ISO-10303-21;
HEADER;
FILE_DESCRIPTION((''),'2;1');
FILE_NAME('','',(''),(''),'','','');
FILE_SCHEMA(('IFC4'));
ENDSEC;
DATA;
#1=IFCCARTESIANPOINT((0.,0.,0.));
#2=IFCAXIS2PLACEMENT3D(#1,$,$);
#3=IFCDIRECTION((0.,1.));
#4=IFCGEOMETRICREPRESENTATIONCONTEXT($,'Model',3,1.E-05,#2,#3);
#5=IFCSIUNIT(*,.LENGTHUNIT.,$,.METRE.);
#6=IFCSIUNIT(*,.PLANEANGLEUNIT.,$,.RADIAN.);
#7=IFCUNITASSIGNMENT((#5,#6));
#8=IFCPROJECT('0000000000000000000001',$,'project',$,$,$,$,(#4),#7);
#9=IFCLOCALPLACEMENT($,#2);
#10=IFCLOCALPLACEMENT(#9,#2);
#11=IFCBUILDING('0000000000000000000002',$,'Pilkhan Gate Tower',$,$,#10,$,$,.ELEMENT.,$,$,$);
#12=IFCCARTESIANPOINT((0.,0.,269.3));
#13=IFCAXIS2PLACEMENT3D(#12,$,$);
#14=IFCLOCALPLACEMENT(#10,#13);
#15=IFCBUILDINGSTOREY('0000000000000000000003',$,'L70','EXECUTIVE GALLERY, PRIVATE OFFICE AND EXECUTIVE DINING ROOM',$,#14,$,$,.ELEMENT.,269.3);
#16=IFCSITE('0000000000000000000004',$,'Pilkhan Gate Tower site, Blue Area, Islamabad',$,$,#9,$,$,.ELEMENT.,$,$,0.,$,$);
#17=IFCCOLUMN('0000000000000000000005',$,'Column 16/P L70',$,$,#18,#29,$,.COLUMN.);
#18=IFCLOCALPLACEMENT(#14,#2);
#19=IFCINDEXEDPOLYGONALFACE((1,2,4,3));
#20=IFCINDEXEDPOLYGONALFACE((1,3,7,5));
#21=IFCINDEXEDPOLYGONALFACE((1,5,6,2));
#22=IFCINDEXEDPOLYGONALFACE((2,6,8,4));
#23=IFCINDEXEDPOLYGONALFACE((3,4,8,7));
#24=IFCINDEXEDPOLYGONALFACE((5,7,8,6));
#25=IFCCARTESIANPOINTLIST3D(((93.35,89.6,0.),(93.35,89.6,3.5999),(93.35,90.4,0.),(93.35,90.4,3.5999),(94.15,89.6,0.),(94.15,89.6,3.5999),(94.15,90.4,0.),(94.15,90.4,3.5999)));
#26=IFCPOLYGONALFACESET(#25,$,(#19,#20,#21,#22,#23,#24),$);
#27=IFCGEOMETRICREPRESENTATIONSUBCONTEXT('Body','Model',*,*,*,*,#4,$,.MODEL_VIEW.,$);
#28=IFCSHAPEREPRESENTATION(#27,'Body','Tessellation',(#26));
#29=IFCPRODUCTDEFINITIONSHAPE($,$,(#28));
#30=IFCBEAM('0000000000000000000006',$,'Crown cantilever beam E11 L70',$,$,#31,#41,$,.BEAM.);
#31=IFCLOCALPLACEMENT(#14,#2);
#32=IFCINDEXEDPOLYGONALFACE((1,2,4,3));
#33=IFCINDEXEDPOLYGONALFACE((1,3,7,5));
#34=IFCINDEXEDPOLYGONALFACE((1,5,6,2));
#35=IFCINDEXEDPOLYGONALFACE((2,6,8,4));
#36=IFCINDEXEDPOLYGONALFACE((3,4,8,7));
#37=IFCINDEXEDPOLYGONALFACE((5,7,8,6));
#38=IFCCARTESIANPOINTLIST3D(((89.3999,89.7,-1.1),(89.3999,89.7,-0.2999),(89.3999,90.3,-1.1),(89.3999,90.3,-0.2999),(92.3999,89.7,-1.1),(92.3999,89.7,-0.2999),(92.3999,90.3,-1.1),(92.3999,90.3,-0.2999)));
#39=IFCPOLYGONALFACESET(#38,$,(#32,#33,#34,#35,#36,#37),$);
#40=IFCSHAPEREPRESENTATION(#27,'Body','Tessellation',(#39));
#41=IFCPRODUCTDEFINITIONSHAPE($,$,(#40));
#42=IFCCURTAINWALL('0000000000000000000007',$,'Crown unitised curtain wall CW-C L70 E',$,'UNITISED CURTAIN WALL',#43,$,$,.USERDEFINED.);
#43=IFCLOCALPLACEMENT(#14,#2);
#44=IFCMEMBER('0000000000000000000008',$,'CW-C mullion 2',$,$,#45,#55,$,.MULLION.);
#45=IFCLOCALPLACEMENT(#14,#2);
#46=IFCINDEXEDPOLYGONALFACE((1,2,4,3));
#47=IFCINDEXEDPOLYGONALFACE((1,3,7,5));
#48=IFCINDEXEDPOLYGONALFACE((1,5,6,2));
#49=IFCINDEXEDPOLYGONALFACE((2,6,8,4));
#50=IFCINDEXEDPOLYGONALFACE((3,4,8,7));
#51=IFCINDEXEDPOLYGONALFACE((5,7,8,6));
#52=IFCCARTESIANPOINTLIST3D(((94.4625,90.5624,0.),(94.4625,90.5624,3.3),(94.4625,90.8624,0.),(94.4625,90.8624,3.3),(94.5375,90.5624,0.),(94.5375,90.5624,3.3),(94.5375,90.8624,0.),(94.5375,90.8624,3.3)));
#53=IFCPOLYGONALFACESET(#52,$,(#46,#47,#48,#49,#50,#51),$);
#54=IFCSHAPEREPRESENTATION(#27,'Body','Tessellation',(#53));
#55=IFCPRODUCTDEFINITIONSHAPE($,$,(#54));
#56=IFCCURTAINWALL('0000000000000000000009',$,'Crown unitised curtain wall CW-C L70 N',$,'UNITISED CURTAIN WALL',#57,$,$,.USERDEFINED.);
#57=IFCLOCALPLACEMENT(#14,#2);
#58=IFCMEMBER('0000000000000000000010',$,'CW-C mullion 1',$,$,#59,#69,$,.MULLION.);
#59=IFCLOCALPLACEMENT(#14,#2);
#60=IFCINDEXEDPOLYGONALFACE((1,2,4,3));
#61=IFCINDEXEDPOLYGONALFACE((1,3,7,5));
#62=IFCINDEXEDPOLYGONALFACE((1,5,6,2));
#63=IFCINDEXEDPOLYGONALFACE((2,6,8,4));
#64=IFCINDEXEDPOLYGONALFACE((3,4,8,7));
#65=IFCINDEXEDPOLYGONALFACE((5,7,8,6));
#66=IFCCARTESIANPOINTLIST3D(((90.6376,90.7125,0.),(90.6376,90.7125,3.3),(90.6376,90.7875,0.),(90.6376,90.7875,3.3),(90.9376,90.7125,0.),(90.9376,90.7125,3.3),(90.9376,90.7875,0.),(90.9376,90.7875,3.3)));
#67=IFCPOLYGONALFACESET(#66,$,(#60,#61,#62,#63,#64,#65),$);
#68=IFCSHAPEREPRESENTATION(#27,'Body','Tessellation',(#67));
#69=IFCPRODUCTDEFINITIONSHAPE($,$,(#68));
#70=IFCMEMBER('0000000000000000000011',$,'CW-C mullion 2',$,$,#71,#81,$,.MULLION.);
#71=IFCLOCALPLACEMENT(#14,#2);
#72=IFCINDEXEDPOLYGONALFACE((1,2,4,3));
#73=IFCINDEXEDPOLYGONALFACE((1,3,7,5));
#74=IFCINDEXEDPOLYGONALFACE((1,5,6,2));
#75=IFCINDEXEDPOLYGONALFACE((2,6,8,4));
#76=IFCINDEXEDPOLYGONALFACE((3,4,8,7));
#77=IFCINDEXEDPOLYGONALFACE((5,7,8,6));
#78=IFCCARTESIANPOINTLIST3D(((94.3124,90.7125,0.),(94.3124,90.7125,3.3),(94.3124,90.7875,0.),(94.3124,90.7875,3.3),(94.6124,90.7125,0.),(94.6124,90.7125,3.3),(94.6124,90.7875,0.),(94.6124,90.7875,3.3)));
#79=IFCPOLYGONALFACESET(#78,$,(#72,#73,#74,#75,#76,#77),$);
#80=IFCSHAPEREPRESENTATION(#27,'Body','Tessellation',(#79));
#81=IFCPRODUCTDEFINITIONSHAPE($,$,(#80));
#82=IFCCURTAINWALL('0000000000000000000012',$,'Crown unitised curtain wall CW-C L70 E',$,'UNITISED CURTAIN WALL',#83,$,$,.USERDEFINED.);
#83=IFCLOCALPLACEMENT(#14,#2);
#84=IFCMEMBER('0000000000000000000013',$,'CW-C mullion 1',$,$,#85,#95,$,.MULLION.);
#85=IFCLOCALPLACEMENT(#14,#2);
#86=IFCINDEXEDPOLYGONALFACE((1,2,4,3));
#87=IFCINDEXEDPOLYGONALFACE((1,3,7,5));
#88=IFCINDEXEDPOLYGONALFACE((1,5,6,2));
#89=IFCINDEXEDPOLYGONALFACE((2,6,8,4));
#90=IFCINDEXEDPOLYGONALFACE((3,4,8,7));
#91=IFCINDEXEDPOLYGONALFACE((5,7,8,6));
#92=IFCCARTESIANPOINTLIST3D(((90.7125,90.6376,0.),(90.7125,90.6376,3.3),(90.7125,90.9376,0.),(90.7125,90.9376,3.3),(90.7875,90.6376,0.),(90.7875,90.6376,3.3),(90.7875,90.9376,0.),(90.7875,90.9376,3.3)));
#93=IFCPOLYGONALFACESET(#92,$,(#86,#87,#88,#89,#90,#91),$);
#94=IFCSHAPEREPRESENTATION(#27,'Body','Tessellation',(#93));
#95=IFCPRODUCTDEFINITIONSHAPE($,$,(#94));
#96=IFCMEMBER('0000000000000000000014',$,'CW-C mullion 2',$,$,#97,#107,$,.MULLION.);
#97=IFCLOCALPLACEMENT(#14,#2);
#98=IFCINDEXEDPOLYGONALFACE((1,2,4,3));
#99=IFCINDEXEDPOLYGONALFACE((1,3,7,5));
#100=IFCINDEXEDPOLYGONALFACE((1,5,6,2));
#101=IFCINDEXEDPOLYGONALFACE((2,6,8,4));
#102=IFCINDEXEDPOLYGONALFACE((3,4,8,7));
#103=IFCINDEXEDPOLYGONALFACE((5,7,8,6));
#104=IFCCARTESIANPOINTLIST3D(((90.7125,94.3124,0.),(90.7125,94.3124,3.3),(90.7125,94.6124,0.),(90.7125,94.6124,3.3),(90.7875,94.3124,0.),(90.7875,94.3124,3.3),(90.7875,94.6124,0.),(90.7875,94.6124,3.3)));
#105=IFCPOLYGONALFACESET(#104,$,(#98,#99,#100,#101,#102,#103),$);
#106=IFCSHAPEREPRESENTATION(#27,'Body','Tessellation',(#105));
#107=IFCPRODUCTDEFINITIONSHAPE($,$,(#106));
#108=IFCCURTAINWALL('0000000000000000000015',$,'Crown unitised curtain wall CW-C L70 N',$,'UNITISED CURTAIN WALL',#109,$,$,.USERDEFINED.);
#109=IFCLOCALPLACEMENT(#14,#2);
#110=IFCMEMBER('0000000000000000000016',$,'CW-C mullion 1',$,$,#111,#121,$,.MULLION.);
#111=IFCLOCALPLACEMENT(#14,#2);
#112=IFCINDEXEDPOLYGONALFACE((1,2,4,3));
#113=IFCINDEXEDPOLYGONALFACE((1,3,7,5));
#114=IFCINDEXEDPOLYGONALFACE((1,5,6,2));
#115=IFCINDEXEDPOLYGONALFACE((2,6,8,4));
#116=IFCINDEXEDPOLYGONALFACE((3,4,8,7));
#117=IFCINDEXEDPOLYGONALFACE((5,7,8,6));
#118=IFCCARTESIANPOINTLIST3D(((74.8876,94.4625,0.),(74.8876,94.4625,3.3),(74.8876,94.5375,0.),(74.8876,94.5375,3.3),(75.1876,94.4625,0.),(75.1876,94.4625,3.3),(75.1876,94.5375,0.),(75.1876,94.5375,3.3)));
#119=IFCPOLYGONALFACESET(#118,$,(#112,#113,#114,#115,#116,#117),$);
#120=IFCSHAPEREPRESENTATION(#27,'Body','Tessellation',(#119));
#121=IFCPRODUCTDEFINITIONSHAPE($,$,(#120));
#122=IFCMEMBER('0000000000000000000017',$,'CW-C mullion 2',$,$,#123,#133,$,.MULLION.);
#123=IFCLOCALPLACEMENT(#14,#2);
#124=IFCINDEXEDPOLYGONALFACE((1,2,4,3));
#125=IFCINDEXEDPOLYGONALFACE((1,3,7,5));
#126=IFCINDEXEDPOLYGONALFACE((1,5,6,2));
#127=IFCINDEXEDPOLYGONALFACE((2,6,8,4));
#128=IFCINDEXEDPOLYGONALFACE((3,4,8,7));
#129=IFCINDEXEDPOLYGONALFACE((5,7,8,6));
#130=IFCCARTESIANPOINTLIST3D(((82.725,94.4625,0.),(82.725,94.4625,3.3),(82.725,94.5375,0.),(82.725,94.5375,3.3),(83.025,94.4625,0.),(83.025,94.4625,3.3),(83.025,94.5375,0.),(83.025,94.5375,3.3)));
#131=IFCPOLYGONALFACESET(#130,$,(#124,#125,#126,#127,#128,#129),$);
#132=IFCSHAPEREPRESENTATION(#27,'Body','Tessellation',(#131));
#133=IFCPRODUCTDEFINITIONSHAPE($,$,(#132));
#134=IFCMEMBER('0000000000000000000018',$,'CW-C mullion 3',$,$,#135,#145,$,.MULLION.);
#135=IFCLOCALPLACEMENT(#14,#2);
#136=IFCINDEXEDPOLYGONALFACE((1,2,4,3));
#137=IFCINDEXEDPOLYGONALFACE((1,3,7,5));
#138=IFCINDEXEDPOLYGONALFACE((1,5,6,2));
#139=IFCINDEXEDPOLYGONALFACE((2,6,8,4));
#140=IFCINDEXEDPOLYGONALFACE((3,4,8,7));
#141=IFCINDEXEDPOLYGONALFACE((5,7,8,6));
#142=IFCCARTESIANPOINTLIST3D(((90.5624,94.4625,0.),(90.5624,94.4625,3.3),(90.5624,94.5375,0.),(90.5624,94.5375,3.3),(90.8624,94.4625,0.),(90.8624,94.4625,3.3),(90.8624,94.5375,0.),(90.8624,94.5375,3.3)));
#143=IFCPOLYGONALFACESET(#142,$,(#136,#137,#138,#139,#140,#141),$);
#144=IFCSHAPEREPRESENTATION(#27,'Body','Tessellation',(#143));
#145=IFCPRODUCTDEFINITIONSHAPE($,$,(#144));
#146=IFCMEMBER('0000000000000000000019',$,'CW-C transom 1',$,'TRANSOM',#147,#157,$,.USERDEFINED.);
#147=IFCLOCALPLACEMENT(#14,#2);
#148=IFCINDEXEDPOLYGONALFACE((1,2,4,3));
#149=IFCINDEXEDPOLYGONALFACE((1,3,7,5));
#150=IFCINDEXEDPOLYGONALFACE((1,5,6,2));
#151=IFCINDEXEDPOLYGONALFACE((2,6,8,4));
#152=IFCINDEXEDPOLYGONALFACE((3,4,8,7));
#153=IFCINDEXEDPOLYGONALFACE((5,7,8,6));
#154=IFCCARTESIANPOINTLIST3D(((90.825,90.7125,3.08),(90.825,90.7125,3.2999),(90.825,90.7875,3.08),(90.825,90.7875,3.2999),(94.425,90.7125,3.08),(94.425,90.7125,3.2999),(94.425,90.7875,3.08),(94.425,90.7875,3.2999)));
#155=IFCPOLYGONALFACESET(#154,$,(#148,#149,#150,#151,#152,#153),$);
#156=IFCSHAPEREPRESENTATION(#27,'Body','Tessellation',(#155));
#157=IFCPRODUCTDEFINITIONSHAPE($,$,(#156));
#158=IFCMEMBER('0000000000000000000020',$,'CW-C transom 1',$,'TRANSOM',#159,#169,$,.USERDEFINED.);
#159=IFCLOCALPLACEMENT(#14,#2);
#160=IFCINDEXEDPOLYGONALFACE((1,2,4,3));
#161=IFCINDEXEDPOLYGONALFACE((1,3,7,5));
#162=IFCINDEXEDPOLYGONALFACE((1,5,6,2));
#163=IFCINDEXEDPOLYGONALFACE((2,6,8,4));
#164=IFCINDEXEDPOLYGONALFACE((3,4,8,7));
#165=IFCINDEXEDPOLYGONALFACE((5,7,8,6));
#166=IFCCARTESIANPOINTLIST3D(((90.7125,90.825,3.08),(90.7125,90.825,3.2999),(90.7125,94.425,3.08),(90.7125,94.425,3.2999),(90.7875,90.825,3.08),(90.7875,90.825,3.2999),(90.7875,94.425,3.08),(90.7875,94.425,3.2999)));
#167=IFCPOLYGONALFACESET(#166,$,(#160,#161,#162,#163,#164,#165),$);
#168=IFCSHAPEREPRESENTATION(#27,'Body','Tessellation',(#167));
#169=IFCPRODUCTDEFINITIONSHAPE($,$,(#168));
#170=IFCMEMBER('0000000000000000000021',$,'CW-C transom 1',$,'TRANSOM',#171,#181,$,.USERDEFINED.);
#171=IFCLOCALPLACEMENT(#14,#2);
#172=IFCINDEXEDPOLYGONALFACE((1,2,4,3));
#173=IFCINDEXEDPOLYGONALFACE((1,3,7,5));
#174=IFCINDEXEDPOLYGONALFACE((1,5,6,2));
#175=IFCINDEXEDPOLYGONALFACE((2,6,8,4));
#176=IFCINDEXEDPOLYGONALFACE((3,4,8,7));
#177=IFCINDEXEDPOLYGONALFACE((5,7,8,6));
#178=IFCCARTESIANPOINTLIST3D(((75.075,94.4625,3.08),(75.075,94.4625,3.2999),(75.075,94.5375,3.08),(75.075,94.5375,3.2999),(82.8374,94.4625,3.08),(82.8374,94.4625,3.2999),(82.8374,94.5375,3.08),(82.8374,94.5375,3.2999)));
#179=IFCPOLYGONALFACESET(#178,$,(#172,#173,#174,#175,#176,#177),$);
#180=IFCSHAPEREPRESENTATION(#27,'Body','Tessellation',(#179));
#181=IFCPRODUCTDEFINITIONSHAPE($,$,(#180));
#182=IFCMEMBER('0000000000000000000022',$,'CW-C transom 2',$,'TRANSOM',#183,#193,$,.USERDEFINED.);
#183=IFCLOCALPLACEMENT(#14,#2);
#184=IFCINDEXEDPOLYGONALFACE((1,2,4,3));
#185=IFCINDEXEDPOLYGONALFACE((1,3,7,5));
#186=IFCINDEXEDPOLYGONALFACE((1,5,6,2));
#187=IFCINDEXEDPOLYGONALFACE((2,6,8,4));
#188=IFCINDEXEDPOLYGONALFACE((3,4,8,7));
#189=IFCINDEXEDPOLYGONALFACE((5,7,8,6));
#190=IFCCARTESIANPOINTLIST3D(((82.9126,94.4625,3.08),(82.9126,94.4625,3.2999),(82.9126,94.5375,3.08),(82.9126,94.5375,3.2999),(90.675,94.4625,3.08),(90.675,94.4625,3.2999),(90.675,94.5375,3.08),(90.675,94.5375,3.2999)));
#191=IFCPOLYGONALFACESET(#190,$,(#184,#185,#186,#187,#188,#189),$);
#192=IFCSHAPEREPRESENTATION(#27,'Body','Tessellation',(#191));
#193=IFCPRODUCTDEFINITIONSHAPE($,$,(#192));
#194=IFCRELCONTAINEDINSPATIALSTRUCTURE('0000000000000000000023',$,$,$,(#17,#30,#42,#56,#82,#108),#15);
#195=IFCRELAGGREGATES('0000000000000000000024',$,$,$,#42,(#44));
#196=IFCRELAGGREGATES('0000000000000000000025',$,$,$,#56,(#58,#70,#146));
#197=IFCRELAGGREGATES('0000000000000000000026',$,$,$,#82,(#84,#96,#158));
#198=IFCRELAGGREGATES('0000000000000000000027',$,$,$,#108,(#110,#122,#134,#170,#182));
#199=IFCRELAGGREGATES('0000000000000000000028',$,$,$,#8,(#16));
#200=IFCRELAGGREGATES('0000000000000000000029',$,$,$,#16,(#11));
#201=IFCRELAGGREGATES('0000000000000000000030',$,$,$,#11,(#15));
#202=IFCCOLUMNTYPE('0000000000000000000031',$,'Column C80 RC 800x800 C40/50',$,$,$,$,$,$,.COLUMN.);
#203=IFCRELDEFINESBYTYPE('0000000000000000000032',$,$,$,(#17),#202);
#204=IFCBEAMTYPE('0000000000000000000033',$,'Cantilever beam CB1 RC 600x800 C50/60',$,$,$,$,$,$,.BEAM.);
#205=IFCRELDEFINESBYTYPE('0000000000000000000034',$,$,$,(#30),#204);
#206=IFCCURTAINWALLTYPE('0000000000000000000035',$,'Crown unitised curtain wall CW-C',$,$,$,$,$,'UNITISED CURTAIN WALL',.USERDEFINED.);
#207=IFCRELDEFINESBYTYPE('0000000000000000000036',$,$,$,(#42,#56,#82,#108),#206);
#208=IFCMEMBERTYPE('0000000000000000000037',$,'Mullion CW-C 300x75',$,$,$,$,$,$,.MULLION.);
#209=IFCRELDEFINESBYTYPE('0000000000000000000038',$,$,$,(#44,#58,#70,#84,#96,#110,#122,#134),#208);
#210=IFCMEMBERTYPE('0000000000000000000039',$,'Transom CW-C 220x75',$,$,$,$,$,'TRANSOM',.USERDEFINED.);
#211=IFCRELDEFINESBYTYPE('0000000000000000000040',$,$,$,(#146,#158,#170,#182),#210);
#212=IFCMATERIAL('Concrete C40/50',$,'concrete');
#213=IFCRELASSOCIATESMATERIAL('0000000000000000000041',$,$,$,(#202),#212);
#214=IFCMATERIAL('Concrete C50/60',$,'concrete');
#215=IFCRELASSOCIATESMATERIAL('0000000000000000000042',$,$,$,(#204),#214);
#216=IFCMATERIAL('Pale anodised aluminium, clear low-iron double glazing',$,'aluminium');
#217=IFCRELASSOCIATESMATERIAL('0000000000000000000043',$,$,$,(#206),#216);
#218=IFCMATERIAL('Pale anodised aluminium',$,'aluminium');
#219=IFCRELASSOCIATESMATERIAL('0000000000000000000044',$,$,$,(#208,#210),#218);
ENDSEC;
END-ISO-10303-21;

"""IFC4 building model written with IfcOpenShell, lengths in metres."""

from ifc_helpers import new_model, si_unit, direction, frame, origin, origin_2d, place, context, subcontext, project, spatial, rectangle, extrude, material, material_profile, profile_set, type_object, element, aggregate, save


model = new_model("IFC4")

# Units and contexts
model_context = context("Model", 3, precision=1e-05, world=origin(), true_north=direction((0.0, 1.0)))
body_context = subcontext(model_context, "Body", "Model", "MODEL_VIEW")
ifc_project = project(units=[si_unit("LENGTHUNIT", "METRE"), si_unit("PLANEANGLEUNIT", "RADIAN")], contexts=[model_context])

# Site, building, storey
site_placement = place(None, origin())
site = spatial("IfcSite", under=ifc_project, at=site_placement, Name="Pilkhan Gate Tower site, Blue Area, Islamabad", CompositionType="ELEMENT", RefElevation=0.0)
building_placement = place(site_placement, origin())
building = spatial("IfcBuilding", under=site, at=building_placement, Name="Pilkhan Gate Tower", CompositionType="ELEMENT")
storey_placement = place(building_placement, frame((0.0, 0.0, 269.3)))
storey = spatial("IfcBuildingStorey", under=building, at=storey_placement, Name="L70", Description="EXECUTIVE GALLERY, PRIVATE OFFICE AND EXECUTIVE DINING ROOM", CompositionType="ELEMENT", Elevation=269.3)

# Column
ifc_material_1 = material(Name="Concrete C40/50", Category="concrete")
ifc_material_profile_1 = material_profile(ifc_material_1, rectangle(XDim=0.8, YDim=0.8, at=origin_2d()), Name="RC 800x800")
ifc_profile_set_1 = profile_set([ifc_material_profile_1], Name="Concrete C40/50")
column_type = type_object("IfcColumnType", Name="Column C80 RC 800x800 C40/50", PredefinedType="COLUMN", material=ifc_profile_set_1)
column_placement = place(storey_placement, frame((93.75, 90.0, 0.0), z_axis=(0.0, 0.0, 1.0), x_axis=(1.0, 0.0, 0.0)))
element("IfcColumn", 1, at=column_placement, inside=storey, type_object=column_type, Name="Column 16/P L70", PredefinedType="COLUMN", context=body_context, shape_type="SweptSolid", body=[
    extrude(rectangle(XDim=0.8, YDim=0.8, at=origin_2d()), origin(), (0.0, 0.0, 1.0), 3.5999),
])

# Beam
ifc_material_2 = material(Name="Concrete C50/60", Category="concrete")
ifc_material_profile_2 = material_profile(ifc_material_2, rectangle(XDim=0.6001, YDim=0.8, at=origin_2d()), Name="RC 600x800")
ifc_profile_set_2 = profile_set([ifc_material_profile_2], Name="Concrete C50/60")
beam_type = type_object("IfcBeamType", Name="Cantilever beam CB1 RC 600x800 C50/60", PredefinedType="BEAM", material=ifc_profile_set_2)
beam_placement = place(storey_placement, frame((89.3999, 90.0, -0.7), z_axis=(1.0, 0.0, 0.0), x_axis=(0.0, 1.0, 0.0)))
element("IfcBeam", 2, at=beam_placement, inside=storey, type_object=beam_type, Name="Crown cantilever beam E11 L70", PredefinedType="BEAM", context=body_context, shape_type="SweptSolid", body=[
    extrude(rectangle(XDim=0.6001, YDim=0.8, at=origin_2d()), origin(), (0.0, 0.0, 1.0), 3.0),
])

# Curtain wall, member
ifc_material_3 = material(Name="Pale anodised aluminium, clear low-iron double glazing", Category="aluminium")
curtain_wall_type = type_object("IfcCurtainWallType", Name="Crown unitised curtain wall CW-C", ElementType="UNITISED CURTAIN WALL", PredefinedType="USERDEFINED", material=ifc_material_3)
curtain_wall_1_placement = place(storey_placement, origin())
curtain_wall_1 = element("IfcCurtainWall", 3, at=curtain_wall_1_placement, inside=storey, type_object=curtain_wall_type, Name="Crown unitised curtain wall CW-C L70 E", ObjectType="UNITISED CURTAIN WALL", PredefinedType="USERDEFINED")
ifc_material_4 = material(Name="Pale anodised aluminium", Category="aluminium")
ifc_material_profile_3 = material_profile(ifc_material_4, rectangle(XDim=0.075, YDim=0.3, at=origin_2d()), Name="Mullion 300x75")
ifc_profile_set_3 = profile_set([ifc_material_profile_3], Name="Pale anodised aluminium")
member_type_1 = type_object("IfcMemberType", Name="Mullion CW-C 300x75", PredefinedType="MULLION", material=ifc_profile_set_3)
member_1_placement = place(storey_placement, frame((94.5, 90.7124, 0.0), z_axis=(0.0, 0.0, 1.0), x_axis=(-1.0, 0.0, 0.0)))
member_1 = element("IfcMember", 4, at=member_1_placement, type_object=member_type_1, Name="CW-C mullion 2", PredefinedType="MULLION", context=body_context, shape_type="SweptSolid", body=[
    extrude(rectangle(XDim=0.075, YDim=0.3, at=origin_2d()), origin(), (0.0, 0.0, 1.0), 3.3),
])

# Curtain walls, members
curtain_wall_2_placement = place(storey_placement, origin())
curtain_wall_2 = element("IfcCurtainWall", 5, at=curtain_wall_2_placement, inside=storey, type_object=curtain_wall_type, Name="Crown unitised curtain wall CW-C L70 N", ObjectType="UNITISED CURTAIN WALL", PredefinedType="USERDEFINED")
member_2_placement = place(storey_placement, frame((90.7876, 90.75, 0.0), z_axis=(0.0, 0.0, 1.0), x_axis=(0.0, 1.0, 0.0)))
member_2 = element("IfcMember", 6, at=member_2_placement, type_object=member_type_1, Name="CW-C mullion 1", PredefinedType="MULLION", context=body_context, shape_type="SweptSolid", body=[
    extrude(rectangle(XDim=0.075, YDim=0.3, at=origin_2d()), origin(), (0.0, 0.0, 1.0), 3.3),
])
member_3_placement = place(storey_placement, frame((94.4624, 90.75, 0.0), z_axis=(0.0, 0.0, 1.0), x_axis=(0.0, 1.0, 0.0)))
member_3 = element("IfcMember", 7, at=member_3_placement, type_object=member_type_1, Name="CW-C mullion 2", PredefinedType="MULLION", context=body_context, shape_type="SweptSolid", body=[
    extrude(rectangle(XDim=0.075, YDim=0.3, at=origin_2d()), origin(), (0.0, 0.0, 1.0), 3.3),
])
curtain_wall_3_placement = place(storey_placement, origin())
curtain_wall_3 = element("IfcCurtainWall", 8, at=curtain_wall_3_placement, inside=storey, type_object=curtain_wall_type, Name="Crown unitised curtain wall CW-C L70 E", ObjectType="UNITISED CURTAIN WALL", PredefinedType="USERDEFINED")
member_4_placement = place(storey_placement, frame((90.75, 90.7876, 0.0), z_axis=(0.0, 0.0, 1.0), x_axis=(-1.0, 0.0, 0.0)))
member_4 = element("IfcMember", 9, at=member_4_placement, type_object=member_type_1, Name="CW-C mullion 1", PredefinedType="MULLION", context=body_context, shape_type="SweptSolid", body=[
    extrude(rectangle(XDim=0.075, YDim=0.3, at=origin_2d()), origin(), (0.0, 0.0, 1.0), 3.3),
])
member_5_placement = place(storey_placement, frame((90.75, 94.4624, 0.0), z_axis=(0.0, 0.0, 1.0), x_axis=(-1.0, 0.0, 0.0)))
member_5 = element("IfcMember", 10, at=member_5_placement, type_object=member_type_1, Name="CW-C mullion 2", PredefinedType="MULLION", context=body_context, shape_type="SweptSolid", body=[
    extrude(rectangle(XDim=0.075, YDim=0.3, at=origin_2d()), origin(), (0.0, 0.0, 1.0), 3.3),
])
curtain_wall_4_placement = place(storey_placement, origin())
curtain_wall_4 = element("IfcCurtainWall", 11, at=curtain_wall_4_placement, inside=storey, type_object=curtain_wall_type, Name="Crown unitised curtain wall CW-C L70 N", ObjectType="UNITISED CURTAIN WALL", PredefinedType="USERDEFINED")
member_6_placement = place(storey_placement, frame((75.0376, 94.5, 0.0), z_axis=(0.0, 0.0, 1.0), x_axis=(0.0, 1.0, 0.0)))
member_6 = element("IfcMember", 12, at=member_6_placement, type_object=member_type_1, Name="CW-C mullion 1", PredefinedType="MULLION", context=body_context, shape_type="SweptSolid", body=[
    extrude(rectangle(XDim=0.075, YDim=0.3, at=origin_2d()), origin(), (0.0, 0.0, 1.0), 3.3),
])
member_7_placement = place(storey_placement, frame((82.875, 94.5, 0.0), z_axis=(0.0, 0.0, 1.0), x_axis=(0.0, 1.0, 0.0)))
member_7 = element("IfcMember", 13, at=member_7_placement, type_object=member_type_1, Name="CW-C mullion 2", PredefinedType="MULLION", context=body_context, shape_type="SweptSolid", body=[
    extrude(rectangle(XDim=0.075, YDim=0.3, at=origin_2d()), origin(), (0.0, 0.0, 1.0), 3.3),
])
member_8_placement = place(storey_placement, frame((90.7124, 94.5, 0.0), z_axis=(0.0, 0.0, 1.0), x_axis=(0.0, 1.0, 0.0)))
member_8 = element("IfcMember", 14, at=member_8_placement, type_object=member_type_1, Name="CW-C mullion 3", PredefinedType="MULLION", context=body_context, shape_type="SweptSolid", body=[
    extrude(rectangle(XDim=0.075, YDim=0.3, at=origin_2d()), origin(), (0.0, 0.0, 1.0), 3.3),
])

# Members
ifc_material_profile_4 = material_profile(ifc_material_4, rectangle(XDim=0.075, YDim=0.22, at=origin_2d()), Name="Transom 220x75")
ifc_profile_set_4 = profile_set([ifc_material_profile_4], Name="Pale anodised aluminium")
member_type_2 = type_object("IfcMemberType", Name="Transom CW-C 220x75", ElementType="TRANSOM", PredefinedType="USERDEFINED", material=ifc_profile_set_4)
member_9_placement = place(storey_placement, frame((90.825, 90.75, 3.1899), z_axis=(1.0, 0.0, 0.0), x_axis=(0.0, 1.0, 0.0)))
member_9 = element("IfcMember", 15, at=member_9_placement, type_object=member_type_2, Name="CW-C transom 1", ObjectType="TRANSOM", PredefinedType="USERDEFINED", context=body_context, shape_type="SweptSolid", body=[
    extrude(rectangle(XDim=0.075, YDim=0.22, at=origin_2d()), origin(), (0.0, 0.0, 1.0), 3.6001),
])
member_10_placement = place(storey_placement, frame((90.75, 90.825, 3.1899), z_axis=(0.0, 1.0, 0.0), x_axis=(-1.0, 0.0, 0.0)))
member_10 = element("IfcMember", 16, at=member_10_placement, type_object=member_type_2, Name="CW-C transom 1", ObjectType="TRANSOM", PredefinedType="USERDEFINED", context=body_context, shape_type="SweptSolid", body=[
    extrude(rectangle(XDim=0.075, YDim=0.22, at=origin_2d()), origin(), (0.0, 0.0, 1.0), 3.6001),
])
member_11_placement = place(storey_placement, frame((75.075, 94.5, 3.1899), z_axis=(1.0, 0.0, 0.0), x_axis=(0.0, 1.0, 0.0)))
member_11 = element("IfcMember", 17, at=member_11_placement, type_object=member_type_2, Name="CW-C transom 1", ObjectType="TRANSOM", PredefinedType="USERDEFINED", context=body_context, shape_type="SweptSolid", body=[
    extrude(rectangle(XDim=0.075, YDim=0.22, at=origin_2d()), origin(), (0.0, 0.0, 1.0), 7.7625),
])
member_12_placement = place(storey_placement, frame((82.9126, 94.5, 3.1899), z_axis=(1.0, 0.0, 0.0), x_axis=(0.0, 1.0, 0.0)))
member_12 = element("IfcMember", 18, at=member_12_placement, type_object=member_type_2, Name="CW-C transom 2", ObjectType="TRANSOM", PredefinedType="USERDEFINED", context=body_context, shape_type="SweptSolid", body=[
    extrude(rectangle(XDim=0.075, YDim=0.22, at=origin_2d()), origin(), (0.0, 0.0, 1.0), 7.7625),
])

aggregate(curtain_wall_1, [member_1])
aggregate(curtain_wall_2, [member_2, member_3, member_9])
aggregate(curtain_wall_3, [member_4, member_5, member_10])
aggregate(curtain_wall_4, [member_6, member_7, member_8, member_11, member_12])

save(model, "model.ifc")
